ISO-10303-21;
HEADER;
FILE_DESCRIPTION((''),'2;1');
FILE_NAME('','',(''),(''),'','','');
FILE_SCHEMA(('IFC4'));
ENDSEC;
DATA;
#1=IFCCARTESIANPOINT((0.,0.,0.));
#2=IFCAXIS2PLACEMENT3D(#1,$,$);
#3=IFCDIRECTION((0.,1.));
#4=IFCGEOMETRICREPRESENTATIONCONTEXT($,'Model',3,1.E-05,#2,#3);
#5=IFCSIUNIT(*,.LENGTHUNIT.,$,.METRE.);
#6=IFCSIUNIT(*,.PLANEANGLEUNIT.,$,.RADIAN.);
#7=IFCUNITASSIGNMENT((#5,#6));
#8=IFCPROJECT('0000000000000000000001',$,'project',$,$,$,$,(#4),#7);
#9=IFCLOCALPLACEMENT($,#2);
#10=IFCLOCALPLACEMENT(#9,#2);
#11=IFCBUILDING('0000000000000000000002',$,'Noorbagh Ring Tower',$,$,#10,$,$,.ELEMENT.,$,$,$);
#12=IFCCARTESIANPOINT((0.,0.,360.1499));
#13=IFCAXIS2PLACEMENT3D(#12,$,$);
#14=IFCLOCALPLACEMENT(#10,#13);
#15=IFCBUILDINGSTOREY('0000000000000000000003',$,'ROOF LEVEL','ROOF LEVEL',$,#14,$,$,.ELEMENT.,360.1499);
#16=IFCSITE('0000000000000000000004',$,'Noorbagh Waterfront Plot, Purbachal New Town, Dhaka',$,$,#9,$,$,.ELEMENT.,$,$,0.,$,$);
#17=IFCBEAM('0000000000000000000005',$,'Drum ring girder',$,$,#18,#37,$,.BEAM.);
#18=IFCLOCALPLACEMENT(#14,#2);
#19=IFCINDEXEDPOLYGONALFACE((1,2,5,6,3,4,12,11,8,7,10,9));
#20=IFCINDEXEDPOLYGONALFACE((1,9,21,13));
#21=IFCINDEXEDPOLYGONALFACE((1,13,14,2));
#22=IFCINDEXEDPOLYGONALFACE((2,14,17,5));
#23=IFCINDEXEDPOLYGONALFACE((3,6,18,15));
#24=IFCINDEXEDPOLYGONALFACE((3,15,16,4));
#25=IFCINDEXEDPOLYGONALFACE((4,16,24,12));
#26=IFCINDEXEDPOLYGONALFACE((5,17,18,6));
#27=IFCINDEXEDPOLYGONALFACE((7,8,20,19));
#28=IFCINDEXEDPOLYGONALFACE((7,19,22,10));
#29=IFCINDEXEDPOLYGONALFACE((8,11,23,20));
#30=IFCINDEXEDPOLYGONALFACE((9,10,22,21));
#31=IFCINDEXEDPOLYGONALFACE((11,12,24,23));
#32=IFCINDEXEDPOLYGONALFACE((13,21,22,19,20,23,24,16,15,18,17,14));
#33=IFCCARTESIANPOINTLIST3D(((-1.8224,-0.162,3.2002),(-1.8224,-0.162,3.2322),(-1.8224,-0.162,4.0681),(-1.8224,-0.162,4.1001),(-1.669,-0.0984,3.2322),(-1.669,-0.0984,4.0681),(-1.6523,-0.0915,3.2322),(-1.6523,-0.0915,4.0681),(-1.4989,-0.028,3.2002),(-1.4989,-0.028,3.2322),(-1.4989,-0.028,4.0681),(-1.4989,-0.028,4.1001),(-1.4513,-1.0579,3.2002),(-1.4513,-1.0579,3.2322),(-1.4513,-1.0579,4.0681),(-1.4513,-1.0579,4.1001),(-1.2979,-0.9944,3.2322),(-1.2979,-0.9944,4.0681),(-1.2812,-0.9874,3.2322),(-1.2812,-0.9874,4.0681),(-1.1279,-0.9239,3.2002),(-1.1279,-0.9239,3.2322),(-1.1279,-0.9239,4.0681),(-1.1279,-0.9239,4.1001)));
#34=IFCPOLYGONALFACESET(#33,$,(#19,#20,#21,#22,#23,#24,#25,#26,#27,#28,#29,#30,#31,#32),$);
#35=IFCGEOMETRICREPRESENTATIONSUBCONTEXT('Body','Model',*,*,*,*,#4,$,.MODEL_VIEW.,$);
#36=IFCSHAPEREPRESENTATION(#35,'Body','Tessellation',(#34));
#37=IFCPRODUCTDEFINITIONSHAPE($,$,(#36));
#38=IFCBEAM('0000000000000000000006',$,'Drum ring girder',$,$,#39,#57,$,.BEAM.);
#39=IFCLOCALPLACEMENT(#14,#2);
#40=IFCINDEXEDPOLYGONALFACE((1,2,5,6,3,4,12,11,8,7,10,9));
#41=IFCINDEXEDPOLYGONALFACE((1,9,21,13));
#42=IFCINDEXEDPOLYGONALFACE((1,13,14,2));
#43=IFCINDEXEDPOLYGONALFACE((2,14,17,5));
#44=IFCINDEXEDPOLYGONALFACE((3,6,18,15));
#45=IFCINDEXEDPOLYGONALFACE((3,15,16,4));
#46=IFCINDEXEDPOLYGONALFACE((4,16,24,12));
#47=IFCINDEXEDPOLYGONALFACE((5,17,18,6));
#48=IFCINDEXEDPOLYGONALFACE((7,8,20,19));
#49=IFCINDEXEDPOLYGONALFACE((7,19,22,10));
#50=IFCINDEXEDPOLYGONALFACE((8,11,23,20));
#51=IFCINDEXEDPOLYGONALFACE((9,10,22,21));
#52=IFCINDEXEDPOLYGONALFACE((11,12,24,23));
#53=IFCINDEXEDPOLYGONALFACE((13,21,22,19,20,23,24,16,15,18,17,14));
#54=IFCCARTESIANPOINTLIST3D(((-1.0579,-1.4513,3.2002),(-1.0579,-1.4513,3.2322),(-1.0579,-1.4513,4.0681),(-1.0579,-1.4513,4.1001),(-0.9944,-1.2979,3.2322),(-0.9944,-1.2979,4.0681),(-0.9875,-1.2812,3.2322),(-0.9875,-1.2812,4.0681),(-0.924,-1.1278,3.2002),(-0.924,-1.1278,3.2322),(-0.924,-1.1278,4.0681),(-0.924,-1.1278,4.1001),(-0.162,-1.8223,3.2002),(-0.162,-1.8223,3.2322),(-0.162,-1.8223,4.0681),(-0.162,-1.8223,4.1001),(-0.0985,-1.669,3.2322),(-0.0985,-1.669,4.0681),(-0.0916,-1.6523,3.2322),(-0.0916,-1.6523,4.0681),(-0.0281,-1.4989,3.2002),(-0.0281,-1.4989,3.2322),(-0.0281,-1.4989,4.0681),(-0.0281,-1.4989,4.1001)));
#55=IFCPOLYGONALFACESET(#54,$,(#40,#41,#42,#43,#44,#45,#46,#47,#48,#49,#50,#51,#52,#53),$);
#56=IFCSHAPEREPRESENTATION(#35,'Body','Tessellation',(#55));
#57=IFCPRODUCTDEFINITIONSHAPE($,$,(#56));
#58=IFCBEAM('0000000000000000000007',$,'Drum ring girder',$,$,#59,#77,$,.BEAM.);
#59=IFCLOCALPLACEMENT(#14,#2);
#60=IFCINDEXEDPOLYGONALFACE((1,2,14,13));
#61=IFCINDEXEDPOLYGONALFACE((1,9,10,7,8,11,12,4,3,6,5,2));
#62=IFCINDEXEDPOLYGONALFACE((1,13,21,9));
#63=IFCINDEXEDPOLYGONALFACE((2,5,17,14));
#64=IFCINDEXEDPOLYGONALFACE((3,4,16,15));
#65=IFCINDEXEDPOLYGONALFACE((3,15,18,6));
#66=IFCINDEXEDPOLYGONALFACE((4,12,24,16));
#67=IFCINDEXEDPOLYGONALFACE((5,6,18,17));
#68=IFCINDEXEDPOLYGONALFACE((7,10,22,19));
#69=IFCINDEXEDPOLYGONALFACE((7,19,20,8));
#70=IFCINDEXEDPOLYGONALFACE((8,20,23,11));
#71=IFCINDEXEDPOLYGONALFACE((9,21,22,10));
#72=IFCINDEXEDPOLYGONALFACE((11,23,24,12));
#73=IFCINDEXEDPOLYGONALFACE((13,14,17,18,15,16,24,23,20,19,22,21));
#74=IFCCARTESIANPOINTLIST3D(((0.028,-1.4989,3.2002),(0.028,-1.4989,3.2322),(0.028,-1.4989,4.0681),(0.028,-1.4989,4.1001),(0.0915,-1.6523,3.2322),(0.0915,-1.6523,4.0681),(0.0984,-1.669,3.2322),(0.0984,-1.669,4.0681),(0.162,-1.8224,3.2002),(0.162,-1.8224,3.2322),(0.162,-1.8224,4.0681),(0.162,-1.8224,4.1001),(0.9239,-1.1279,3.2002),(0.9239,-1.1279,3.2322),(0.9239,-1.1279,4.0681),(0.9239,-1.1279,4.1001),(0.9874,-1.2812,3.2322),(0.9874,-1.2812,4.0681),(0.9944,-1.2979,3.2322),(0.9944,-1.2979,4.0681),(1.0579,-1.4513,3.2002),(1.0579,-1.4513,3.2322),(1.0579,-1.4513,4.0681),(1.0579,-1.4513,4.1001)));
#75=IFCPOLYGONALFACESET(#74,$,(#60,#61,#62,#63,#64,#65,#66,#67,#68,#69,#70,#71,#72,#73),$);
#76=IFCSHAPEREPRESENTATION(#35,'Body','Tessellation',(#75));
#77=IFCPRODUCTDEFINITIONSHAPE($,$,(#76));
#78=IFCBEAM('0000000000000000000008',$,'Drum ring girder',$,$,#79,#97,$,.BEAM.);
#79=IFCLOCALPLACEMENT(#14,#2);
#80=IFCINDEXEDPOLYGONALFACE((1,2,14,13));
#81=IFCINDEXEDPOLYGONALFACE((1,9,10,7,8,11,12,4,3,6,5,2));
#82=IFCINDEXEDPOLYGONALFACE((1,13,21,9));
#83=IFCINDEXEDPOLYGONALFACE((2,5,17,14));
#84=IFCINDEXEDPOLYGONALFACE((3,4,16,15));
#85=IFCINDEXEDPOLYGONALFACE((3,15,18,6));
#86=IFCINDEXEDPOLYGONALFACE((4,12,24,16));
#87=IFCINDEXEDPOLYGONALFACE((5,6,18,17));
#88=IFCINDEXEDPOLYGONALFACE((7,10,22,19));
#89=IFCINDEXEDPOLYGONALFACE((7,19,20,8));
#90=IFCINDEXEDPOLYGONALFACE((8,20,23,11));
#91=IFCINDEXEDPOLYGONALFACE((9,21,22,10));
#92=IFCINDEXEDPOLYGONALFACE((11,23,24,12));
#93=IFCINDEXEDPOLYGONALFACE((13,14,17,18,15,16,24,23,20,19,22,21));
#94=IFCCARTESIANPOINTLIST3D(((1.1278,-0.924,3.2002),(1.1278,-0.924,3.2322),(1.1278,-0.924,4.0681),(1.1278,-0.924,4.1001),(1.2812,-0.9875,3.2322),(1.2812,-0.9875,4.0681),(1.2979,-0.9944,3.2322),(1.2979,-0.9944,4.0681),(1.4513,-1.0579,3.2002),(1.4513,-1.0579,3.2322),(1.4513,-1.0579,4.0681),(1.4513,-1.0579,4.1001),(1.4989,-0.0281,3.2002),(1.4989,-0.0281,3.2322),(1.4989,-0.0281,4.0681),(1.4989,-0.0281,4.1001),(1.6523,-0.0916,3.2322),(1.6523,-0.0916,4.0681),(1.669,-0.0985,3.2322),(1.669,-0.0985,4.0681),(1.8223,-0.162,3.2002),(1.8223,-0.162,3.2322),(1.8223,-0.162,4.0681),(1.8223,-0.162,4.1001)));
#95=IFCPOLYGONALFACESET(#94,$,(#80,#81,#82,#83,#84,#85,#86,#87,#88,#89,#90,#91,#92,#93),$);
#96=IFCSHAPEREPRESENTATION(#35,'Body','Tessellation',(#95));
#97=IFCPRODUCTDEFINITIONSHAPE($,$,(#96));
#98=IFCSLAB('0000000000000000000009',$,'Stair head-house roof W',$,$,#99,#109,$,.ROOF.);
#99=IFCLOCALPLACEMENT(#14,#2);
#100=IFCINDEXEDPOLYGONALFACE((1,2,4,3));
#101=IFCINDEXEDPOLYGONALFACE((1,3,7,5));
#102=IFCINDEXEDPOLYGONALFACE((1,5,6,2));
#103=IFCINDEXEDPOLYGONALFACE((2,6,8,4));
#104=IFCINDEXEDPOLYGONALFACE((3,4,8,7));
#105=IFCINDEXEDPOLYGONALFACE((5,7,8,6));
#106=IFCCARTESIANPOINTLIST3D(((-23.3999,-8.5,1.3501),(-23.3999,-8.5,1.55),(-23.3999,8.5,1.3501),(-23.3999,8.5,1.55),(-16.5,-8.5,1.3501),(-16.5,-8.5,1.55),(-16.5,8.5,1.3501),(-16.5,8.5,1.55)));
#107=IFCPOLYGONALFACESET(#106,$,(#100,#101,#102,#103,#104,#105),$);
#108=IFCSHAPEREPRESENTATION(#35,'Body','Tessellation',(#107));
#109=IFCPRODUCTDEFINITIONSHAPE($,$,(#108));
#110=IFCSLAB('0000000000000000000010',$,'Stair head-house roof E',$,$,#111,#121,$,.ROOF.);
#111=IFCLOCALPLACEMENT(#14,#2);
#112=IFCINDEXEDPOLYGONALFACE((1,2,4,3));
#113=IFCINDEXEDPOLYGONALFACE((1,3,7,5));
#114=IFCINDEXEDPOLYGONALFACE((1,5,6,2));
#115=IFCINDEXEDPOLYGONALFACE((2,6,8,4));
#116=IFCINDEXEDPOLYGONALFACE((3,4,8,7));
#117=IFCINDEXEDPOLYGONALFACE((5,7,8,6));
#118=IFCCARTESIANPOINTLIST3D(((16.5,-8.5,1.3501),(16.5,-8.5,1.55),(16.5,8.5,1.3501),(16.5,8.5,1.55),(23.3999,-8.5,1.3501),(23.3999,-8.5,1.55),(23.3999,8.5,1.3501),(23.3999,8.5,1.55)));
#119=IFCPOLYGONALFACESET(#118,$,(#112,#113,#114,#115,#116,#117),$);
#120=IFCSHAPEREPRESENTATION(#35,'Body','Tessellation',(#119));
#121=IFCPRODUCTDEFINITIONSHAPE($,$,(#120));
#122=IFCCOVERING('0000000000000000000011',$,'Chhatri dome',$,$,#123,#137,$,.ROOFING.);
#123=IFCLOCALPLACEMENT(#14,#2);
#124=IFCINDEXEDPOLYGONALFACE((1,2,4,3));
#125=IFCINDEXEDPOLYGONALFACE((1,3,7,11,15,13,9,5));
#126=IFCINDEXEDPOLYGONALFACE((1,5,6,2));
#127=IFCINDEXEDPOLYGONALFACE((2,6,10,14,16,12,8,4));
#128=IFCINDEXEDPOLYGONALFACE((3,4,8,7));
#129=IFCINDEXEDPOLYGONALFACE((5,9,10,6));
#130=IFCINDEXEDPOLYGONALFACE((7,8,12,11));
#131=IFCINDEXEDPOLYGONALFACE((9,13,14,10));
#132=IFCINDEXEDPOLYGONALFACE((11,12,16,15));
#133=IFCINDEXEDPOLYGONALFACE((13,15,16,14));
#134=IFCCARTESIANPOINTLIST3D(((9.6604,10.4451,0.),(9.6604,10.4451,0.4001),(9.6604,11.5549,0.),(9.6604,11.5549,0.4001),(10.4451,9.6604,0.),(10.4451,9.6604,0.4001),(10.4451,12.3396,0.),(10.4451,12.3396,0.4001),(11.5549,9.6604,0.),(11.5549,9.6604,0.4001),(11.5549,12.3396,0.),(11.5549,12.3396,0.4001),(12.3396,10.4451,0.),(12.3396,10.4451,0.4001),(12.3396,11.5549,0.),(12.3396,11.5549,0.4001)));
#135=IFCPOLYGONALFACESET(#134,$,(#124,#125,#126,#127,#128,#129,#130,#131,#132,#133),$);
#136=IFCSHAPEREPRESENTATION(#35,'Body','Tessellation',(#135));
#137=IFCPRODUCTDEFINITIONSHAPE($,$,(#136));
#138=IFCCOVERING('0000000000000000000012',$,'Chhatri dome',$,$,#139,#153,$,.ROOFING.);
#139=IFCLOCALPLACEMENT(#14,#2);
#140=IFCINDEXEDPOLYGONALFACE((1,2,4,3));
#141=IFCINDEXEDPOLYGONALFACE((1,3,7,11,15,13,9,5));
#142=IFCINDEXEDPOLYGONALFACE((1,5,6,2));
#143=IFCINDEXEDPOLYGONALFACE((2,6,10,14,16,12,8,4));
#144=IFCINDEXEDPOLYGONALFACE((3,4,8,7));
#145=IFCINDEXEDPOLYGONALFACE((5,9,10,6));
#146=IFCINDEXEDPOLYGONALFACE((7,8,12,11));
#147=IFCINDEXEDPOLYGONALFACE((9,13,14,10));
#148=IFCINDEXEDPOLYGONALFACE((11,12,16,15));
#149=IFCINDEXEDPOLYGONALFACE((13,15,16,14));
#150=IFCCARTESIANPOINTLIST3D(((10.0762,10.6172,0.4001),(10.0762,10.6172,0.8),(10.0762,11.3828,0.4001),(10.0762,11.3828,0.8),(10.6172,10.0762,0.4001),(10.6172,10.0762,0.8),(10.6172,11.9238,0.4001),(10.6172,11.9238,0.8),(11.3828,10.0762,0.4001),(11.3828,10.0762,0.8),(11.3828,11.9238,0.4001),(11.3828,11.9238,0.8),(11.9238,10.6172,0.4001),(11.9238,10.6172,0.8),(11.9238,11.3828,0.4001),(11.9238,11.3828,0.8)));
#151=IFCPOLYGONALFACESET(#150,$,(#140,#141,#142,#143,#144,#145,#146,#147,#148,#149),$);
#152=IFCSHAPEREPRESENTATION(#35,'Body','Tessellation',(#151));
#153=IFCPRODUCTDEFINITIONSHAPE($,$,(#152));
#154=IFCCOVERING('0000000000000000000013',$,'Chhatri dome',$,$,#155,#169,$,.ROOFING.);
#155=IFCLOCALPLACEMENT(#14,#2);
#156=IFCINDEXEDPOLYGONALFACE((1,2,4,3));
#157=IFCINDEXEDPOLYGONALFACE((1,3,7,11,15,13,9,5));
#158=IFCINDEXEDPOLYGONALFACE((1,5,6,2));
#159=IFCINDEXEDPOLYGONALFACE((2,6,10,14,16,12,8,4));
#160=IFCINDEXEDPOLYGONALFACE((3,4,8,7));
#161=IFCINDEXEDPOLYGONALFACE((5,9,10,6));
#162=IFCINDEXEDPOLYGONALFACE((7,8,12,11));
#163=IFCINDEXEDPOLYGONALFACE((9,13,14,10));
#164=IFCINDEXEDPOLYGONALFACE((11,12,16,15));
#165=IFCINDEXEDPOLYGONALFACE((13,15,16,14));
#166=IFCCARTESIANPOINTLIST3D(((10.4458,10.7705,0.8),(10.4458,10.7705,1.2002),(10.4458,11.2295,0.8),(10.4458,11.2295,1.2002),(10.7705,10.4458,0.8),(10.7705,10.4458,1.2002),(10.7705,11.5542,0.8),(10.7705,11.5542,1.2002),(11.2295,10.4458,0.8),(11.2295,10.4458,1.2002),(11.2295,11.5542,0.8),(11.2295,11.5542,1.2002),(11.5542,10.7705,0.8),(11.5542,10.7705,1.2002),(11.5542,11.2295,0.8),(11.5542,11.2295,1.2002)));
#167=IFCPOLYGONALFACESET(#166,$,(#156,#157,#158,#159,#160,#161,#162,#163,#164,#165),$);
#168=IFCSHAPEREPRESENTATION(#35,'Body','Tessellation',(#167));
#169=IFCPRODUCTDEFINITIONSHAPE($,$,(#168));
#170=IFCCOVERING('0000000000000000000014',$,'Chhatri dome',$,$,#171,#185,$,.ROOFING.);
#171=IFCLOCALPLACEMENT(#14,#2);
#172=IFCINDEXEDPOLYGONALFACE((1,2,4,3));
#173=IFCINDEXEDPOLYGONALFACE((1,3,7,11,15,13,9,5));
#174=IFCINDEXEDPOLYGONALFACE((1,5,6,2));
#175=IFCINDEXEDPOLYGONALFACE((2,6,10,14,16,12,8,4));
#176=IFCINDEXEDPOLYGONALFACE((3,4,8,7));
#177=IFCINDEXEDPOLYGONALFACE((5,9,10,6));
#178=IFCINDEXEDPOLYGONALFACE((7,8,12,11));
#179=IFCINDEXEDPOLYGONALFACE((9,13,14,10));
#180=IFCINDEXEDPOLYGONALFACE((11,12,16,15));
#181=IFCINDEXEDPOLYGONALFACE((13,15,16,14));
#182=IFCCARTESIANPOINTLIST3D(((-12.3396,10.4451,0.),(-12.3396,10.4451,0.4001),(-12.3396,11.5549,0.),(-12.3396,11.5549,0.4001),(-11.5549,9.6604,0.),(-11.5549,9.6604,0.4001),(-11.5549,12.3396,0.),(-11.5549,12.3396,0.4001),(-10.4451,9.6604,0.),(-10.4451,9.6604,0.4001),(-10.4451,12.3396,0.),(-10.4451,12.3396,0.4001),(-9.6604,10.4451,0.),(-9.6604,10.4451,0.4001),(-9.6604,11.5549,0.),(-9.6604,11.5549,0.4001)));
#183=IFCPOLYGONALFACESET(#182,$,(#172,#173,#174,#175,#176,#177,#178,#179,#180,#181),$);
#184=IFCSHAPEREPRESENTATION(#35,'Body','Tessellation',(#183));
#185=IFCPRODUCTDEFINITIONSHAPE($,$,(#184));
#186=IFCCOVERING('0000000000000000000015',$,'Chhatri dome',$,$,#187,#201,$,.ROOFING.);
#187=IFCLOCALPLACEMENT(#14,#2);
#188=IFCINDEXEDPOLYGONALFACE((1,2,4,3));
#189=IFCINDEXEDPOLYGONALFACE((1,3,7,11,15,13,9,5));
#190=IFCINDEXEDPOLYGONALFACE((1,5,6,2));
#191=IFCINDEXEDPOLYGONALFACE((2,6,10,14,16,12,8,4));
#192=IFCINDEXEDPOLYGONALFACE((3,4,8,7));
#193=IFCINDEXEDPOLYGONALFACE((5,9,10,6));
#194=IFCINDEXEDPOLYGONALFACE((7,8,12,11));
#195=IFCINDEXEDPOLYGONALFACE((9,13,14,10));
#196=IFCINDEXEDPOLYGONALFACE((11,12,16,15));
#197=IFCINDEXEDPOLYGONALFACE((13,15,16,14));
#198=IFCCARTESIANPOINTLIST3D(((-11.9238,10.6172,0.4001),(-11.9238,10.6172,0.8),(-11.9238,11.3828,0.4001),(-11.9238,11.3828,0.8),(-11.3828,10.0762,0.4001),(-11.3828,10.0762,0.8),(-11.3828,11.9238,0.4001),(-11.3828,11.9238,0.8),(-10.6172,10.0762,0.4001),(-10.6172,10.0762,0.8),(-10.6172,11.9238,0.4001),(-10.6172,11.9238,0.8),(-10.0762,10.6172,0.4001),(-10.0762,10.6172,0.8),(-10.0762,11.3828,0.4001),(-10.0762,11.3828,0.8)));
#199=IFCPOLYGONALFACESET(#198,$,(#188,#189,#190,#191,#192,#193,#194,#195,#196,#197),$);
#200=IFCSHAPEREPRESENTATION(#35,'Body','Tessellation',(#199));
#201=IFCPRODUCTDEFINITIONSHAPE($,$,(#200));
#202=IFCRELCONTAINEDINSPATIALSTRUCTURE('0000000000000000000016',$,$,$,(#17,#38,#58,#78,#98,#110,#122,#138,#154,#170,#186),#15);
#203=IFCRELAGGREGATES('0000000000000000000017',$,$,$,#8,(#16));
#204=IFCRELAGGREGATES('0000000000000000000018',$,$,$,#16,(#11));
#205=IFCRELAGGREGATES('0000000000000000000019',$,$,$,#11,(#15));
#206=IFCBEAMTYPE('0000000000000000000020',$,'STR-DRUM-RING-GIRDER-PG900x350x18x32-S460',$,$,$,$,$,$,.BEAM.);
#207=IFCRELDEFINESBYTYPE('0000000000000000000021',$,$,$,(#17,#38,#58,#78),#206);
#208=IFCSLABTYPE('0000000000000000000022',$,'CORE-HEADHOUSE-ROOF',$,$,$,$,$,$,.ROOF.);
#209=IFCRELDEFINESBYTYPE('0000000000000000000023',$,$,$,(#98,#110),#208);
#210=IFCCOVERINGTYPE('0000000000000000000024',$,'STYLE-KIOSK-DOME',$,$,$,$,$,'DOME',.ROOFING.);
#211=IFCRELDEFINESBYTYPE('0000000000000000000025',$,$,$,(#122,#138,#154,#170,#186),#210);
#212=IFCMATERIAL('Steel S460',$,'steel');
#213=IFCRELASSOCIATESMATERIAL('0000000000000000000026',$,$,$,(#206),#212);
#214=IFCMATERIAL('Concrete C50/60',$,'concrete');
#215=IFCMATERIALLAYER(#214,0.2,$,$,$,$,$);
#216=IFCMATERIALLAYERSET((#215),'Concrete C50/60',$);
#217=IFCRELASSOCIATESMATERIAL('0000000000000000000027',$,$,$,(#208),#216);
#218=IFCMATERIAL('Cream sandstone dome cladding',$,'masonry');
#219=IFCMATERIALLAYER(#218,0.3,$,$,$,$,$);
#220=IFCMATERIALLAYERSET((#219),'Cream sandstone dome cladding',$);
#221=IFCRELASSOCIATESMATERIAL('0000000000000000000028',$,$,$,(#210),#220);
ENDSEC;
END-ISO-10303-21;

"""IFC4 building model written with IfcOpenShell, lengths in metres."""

from ifc_helpers import new_model, si_unit, direction, frame, origin, origin_2d, place, context, subcontext, project, spatial, polyline, i_section, outline, extrude, material, layer, layer_set, material_profile, profile_set, type_object, element, save


model = new_model("IFC4")

# Units and contexts
model_context = context("Model", 3, precision=1e-05, world=origin(), true_north=direction((0.0, 1.0)))
body_context = subcontext(model_context, "Body", "Model", "MODEL_VIEW")
ifc_project = project(units=[si_unit("LENGTHUNIT", "METRE"), si_unit("PLANEANGLEUNIT", "RADIAN")], contexts=[model_context])

# Site, building, storey
site_placement = place(None, origin())
site = spatial("IfcSite", under=ifc_project, at=site_placement, Name="Noorbagh Waterfront Plot, Purbachal New Town, Dhaka", CompositionType="ELEMENT", RefElevation=0.0)
building_placement = place(site_placement, origin())
building = spatial("IfcBuilding", under=site, at=building_placement, Name="Noorbagh Ring Tower", CompositionType="ELEMENT")
storey_placement = place(building_placement, frame((0.0, 0.0, 360.1499)))
storey = spatial("IfcBuildingStorey", under=building, at=storey_placement, Name="ROOF LEVEL", Description="ROOF LEVEL", CompositionType="ELEMENT", Elevation=360.1499)

# Beams
ifc_material_1 = material(Name="Steel S460", Category="steel")
ifc_material_profile_1 = material_profile(ifc_material_1, i_section(OverallWidth=0.3501, OverallDepth=0.8999, WebThickness=0.0181, FlangeThickness=0.032, at=origin_2d()), Name="PG900x350x18x32")
ifc_profile_set_1 = profile_set([ifc_material_profile_1], Name="Steel S460")
beam_type = type_object("IfcBeamType", Name="STR-DRUM-RING-GIRDER-PG900x350x18x32-S460", PredefinedType="BEAM", material=ifc_profile_set_1)
for number, where, z_axis, x_axis, name in (
    (1, (-1.6606, -0.095, 3.6501), (0.382648, -0.923894, 0.0), (0.923894, 0.382648, 0.0), "Drum ring girder"),
    (2, (-0.991, -1.2896, 3.6501), (0.923894, -0.382648, 0.0), (0.382648, 0.923894, 0.0), "Drum ring girder"),
    (3, (0.095, -1.6606, 3.6501), (0.923894, 0.382648, 0.0), (-0.382648, 0.923894, 0.0), "Drum ring girder"),
    (4, (1.2896, -0.991, 3.6501), (0.382648, 0.923894, 0.0), (-0.923894, 0.382648, 0.0), "Drum ring girder"),
):
    element("IfcBeam", number, at=place(storey_placement, frame(where, z_axis=z_axis, x_axis=x_axis)), inside=storey, type_object=beam_type, Name=name, PredefinedType="BEAM", context=body_context, shape_type="SweptSolid", body=[
        extrude(i_section(OverallWidth=0.3501, OverallDepth=0.8999, WebThickness=0.0181, FlangeThickness=0.032, at=origin_2d()), origin(), (0.0, 0.0, 1.0), 0.9697),
    ])

# Slabs
ifc_material_2 = material(Name="Concrete C50/60", Category="concrete")
ifc_layer_1 = layer(ifc_material_2, 0.2)
ifc_layer_set_1 = layer_set([ifc_layer_1], Name="Concrete C50/60")
slab_type = type_object("IfcSlabType", Name="CORE-HEADHOUSE-ROOF", PredefinedType="ROOF", material=ifc_layer_set_1)
slab_1_placement = place(storey_placement, frame((0.0, 0.0, 1.3501)))
element("IfcSlab", 5, at=slab_1_placement, inside=storey, type_object=slab_type, Name="Stair head-house roof W", PredefinedType="ROOF", context=body_context, shape_type="SweptSolid", body=[
    extrude(outline(polyline([(-16.5, -8.5), (-23.3999, -8.5), (-23.3999, 8.5), (-16.5, 8.5), (-16.5, -8.5)])), origin(), (0.0, 0.0, 1.0), 0.2),
])
slab_2_placement = place(storey_placement, frame((0.0, 0.0, 1.3501)))
element("IfcSlab", 6, at=slab_2_placement, inside=storey, type_object=slab_type, Name="Stair head-house roof E", PredefinedType="ROOF", context=body_context, shape_type="SweptSolid", body=[
    extrude(outline(polyline([(16.5, -8.5), (23.3999, -8.5), (23.3999, 8.5), (16.5, 8.5), (16.5, -8.5)])), origin(), (0.0, 0.0, 1.0), 0.2),
])

# Coverings
ifc_material_3 = material(Name="Cream sandstone dome cladding", Category="masonry")
ifc_layer_2 = layer(ifc_material_3, 0.3)
ifc_layer_set_2 = layer_set([ifc_layer_2], Name="Cream sandstone dome cladding")
covering_type_1 = type_object("IfcCoveringType", Name="STYLE-KIOSK-DOME", ElementType="DOME", PredefinedType="ROOFING", material=ifc_layer_set_2)
covering_1_placement = place(storey_placement, origin())
element("IfcCovering", 7, at=covering_1_placement, inside=storey, type_object=covering_type_1, Name="Chhatri dome", PredefinedType="ROOFING", context=body_context, shape_type="SweptSolid", body=[
    extrude(outline(polyline([(12.3396, 11.5549), (11.5549, 12.3396), (10.4451, 12.3396), (9.6604, 11.5549), (9.6604, 10.4451), (10.4451, 9.6604), (11.5549, 9.6604), (12.3396, 10.4451), (12.3396, 11.5549)])), origin(), (0.0, 0.0, 1.0), 0.4001),
])
covering_2_placement = place(storey_placement, frame((0.0, 0.0, 0.4001)))
element("IfcCovering", 8, at=covering_2_placement, inside=storey, type_object=covering_type_1, Name="Chhatri dome", PredefinedType="ROOFING", context=body_context, shape_type="SweptSolid", body=[
    extrude(outline(polyline([(11.9238, 11.3828), (11.3828, 11.9238), (10.6172, 11.9238), (10.0762, 11.3828), (10.0762, 10.6172), (10.6172, 10.0762), (11.3828, 10.0762), (11.9238, 10.6172), (11.9238, 11.3828)])), origin(), (0.0, 0.0, 1.0), 0.3999),
])
covering_3_placement = place(storey_placement, frame((0.0, 0.0, 0.8)))
element("IfcCovering", 9, at=covering_3_placement, inside=storey, type_object=covering_type_1, Name="Chhatri dome", PredefinedType="ROOFING", context=body_context, shape_type="SweptSolid", body=[
    extrude(outline(polyline([(11.5542, 11.2295), (11.2295, 11.5542), (10.7705, 11.5542), (10.4458, 11.2295), (10.4458, 10.7705), (10.7705, 10.4458), (11.2295, 10.4458), (11.5542, 10.7705), (11.5542, 11.2295)])), origin(), (0.0, 0.0, 1.0), 0.4001),
])
covering_4_placement = place(storey_placement, origin())
element("IfcCovering", 10, at=covering_4_placement, inside=storey, type_object=covering_type_1, Name="Chhatri dome", PredefinedType="ROOFING", context=body_context, shape_type="SweptSolid", body=[
    extrude(outline(polyline([(-9.6604, 11.5549), (-10.4451, 12.3396), (-11.5549, 12.3396), (-12.3396, 11.5549), (-12.3396, 10.4451), (-11.5549, 9.6604), (-10.4451, 9.6604), (-9.6604, 10.4451), (-9.6604, 11.5549)])), origin(), (0.0, 0.0, 1.0), 0.4001),
])
covering_5_placement = place(storey_placement, frame((0.0, 0.0, 0.4001)))
element("IfcCovering", 11, at=covering_5_placement, inside=storey, type_object=covering_type_1, Name="Chhatri dome", PredefinedType="ROOFING", context=body_context, shape_type="SweptSolid", body=[
    extrude(outline(polyline([(-10.0762, 11.3828), (-10.6172, 11.9238), (-11.3828, 11.9238), (-11.9238, 11.3828), (-11.9238, 10.6172), (-11.3828, 10.0762), (-10.6172, 10.0762), (-10.0762, 10.6172), (-10.0762, 11.3828)])), origin(), (0.0, 0.0, 1.0), 0.3999),
])

save(model, "model.ifc")
